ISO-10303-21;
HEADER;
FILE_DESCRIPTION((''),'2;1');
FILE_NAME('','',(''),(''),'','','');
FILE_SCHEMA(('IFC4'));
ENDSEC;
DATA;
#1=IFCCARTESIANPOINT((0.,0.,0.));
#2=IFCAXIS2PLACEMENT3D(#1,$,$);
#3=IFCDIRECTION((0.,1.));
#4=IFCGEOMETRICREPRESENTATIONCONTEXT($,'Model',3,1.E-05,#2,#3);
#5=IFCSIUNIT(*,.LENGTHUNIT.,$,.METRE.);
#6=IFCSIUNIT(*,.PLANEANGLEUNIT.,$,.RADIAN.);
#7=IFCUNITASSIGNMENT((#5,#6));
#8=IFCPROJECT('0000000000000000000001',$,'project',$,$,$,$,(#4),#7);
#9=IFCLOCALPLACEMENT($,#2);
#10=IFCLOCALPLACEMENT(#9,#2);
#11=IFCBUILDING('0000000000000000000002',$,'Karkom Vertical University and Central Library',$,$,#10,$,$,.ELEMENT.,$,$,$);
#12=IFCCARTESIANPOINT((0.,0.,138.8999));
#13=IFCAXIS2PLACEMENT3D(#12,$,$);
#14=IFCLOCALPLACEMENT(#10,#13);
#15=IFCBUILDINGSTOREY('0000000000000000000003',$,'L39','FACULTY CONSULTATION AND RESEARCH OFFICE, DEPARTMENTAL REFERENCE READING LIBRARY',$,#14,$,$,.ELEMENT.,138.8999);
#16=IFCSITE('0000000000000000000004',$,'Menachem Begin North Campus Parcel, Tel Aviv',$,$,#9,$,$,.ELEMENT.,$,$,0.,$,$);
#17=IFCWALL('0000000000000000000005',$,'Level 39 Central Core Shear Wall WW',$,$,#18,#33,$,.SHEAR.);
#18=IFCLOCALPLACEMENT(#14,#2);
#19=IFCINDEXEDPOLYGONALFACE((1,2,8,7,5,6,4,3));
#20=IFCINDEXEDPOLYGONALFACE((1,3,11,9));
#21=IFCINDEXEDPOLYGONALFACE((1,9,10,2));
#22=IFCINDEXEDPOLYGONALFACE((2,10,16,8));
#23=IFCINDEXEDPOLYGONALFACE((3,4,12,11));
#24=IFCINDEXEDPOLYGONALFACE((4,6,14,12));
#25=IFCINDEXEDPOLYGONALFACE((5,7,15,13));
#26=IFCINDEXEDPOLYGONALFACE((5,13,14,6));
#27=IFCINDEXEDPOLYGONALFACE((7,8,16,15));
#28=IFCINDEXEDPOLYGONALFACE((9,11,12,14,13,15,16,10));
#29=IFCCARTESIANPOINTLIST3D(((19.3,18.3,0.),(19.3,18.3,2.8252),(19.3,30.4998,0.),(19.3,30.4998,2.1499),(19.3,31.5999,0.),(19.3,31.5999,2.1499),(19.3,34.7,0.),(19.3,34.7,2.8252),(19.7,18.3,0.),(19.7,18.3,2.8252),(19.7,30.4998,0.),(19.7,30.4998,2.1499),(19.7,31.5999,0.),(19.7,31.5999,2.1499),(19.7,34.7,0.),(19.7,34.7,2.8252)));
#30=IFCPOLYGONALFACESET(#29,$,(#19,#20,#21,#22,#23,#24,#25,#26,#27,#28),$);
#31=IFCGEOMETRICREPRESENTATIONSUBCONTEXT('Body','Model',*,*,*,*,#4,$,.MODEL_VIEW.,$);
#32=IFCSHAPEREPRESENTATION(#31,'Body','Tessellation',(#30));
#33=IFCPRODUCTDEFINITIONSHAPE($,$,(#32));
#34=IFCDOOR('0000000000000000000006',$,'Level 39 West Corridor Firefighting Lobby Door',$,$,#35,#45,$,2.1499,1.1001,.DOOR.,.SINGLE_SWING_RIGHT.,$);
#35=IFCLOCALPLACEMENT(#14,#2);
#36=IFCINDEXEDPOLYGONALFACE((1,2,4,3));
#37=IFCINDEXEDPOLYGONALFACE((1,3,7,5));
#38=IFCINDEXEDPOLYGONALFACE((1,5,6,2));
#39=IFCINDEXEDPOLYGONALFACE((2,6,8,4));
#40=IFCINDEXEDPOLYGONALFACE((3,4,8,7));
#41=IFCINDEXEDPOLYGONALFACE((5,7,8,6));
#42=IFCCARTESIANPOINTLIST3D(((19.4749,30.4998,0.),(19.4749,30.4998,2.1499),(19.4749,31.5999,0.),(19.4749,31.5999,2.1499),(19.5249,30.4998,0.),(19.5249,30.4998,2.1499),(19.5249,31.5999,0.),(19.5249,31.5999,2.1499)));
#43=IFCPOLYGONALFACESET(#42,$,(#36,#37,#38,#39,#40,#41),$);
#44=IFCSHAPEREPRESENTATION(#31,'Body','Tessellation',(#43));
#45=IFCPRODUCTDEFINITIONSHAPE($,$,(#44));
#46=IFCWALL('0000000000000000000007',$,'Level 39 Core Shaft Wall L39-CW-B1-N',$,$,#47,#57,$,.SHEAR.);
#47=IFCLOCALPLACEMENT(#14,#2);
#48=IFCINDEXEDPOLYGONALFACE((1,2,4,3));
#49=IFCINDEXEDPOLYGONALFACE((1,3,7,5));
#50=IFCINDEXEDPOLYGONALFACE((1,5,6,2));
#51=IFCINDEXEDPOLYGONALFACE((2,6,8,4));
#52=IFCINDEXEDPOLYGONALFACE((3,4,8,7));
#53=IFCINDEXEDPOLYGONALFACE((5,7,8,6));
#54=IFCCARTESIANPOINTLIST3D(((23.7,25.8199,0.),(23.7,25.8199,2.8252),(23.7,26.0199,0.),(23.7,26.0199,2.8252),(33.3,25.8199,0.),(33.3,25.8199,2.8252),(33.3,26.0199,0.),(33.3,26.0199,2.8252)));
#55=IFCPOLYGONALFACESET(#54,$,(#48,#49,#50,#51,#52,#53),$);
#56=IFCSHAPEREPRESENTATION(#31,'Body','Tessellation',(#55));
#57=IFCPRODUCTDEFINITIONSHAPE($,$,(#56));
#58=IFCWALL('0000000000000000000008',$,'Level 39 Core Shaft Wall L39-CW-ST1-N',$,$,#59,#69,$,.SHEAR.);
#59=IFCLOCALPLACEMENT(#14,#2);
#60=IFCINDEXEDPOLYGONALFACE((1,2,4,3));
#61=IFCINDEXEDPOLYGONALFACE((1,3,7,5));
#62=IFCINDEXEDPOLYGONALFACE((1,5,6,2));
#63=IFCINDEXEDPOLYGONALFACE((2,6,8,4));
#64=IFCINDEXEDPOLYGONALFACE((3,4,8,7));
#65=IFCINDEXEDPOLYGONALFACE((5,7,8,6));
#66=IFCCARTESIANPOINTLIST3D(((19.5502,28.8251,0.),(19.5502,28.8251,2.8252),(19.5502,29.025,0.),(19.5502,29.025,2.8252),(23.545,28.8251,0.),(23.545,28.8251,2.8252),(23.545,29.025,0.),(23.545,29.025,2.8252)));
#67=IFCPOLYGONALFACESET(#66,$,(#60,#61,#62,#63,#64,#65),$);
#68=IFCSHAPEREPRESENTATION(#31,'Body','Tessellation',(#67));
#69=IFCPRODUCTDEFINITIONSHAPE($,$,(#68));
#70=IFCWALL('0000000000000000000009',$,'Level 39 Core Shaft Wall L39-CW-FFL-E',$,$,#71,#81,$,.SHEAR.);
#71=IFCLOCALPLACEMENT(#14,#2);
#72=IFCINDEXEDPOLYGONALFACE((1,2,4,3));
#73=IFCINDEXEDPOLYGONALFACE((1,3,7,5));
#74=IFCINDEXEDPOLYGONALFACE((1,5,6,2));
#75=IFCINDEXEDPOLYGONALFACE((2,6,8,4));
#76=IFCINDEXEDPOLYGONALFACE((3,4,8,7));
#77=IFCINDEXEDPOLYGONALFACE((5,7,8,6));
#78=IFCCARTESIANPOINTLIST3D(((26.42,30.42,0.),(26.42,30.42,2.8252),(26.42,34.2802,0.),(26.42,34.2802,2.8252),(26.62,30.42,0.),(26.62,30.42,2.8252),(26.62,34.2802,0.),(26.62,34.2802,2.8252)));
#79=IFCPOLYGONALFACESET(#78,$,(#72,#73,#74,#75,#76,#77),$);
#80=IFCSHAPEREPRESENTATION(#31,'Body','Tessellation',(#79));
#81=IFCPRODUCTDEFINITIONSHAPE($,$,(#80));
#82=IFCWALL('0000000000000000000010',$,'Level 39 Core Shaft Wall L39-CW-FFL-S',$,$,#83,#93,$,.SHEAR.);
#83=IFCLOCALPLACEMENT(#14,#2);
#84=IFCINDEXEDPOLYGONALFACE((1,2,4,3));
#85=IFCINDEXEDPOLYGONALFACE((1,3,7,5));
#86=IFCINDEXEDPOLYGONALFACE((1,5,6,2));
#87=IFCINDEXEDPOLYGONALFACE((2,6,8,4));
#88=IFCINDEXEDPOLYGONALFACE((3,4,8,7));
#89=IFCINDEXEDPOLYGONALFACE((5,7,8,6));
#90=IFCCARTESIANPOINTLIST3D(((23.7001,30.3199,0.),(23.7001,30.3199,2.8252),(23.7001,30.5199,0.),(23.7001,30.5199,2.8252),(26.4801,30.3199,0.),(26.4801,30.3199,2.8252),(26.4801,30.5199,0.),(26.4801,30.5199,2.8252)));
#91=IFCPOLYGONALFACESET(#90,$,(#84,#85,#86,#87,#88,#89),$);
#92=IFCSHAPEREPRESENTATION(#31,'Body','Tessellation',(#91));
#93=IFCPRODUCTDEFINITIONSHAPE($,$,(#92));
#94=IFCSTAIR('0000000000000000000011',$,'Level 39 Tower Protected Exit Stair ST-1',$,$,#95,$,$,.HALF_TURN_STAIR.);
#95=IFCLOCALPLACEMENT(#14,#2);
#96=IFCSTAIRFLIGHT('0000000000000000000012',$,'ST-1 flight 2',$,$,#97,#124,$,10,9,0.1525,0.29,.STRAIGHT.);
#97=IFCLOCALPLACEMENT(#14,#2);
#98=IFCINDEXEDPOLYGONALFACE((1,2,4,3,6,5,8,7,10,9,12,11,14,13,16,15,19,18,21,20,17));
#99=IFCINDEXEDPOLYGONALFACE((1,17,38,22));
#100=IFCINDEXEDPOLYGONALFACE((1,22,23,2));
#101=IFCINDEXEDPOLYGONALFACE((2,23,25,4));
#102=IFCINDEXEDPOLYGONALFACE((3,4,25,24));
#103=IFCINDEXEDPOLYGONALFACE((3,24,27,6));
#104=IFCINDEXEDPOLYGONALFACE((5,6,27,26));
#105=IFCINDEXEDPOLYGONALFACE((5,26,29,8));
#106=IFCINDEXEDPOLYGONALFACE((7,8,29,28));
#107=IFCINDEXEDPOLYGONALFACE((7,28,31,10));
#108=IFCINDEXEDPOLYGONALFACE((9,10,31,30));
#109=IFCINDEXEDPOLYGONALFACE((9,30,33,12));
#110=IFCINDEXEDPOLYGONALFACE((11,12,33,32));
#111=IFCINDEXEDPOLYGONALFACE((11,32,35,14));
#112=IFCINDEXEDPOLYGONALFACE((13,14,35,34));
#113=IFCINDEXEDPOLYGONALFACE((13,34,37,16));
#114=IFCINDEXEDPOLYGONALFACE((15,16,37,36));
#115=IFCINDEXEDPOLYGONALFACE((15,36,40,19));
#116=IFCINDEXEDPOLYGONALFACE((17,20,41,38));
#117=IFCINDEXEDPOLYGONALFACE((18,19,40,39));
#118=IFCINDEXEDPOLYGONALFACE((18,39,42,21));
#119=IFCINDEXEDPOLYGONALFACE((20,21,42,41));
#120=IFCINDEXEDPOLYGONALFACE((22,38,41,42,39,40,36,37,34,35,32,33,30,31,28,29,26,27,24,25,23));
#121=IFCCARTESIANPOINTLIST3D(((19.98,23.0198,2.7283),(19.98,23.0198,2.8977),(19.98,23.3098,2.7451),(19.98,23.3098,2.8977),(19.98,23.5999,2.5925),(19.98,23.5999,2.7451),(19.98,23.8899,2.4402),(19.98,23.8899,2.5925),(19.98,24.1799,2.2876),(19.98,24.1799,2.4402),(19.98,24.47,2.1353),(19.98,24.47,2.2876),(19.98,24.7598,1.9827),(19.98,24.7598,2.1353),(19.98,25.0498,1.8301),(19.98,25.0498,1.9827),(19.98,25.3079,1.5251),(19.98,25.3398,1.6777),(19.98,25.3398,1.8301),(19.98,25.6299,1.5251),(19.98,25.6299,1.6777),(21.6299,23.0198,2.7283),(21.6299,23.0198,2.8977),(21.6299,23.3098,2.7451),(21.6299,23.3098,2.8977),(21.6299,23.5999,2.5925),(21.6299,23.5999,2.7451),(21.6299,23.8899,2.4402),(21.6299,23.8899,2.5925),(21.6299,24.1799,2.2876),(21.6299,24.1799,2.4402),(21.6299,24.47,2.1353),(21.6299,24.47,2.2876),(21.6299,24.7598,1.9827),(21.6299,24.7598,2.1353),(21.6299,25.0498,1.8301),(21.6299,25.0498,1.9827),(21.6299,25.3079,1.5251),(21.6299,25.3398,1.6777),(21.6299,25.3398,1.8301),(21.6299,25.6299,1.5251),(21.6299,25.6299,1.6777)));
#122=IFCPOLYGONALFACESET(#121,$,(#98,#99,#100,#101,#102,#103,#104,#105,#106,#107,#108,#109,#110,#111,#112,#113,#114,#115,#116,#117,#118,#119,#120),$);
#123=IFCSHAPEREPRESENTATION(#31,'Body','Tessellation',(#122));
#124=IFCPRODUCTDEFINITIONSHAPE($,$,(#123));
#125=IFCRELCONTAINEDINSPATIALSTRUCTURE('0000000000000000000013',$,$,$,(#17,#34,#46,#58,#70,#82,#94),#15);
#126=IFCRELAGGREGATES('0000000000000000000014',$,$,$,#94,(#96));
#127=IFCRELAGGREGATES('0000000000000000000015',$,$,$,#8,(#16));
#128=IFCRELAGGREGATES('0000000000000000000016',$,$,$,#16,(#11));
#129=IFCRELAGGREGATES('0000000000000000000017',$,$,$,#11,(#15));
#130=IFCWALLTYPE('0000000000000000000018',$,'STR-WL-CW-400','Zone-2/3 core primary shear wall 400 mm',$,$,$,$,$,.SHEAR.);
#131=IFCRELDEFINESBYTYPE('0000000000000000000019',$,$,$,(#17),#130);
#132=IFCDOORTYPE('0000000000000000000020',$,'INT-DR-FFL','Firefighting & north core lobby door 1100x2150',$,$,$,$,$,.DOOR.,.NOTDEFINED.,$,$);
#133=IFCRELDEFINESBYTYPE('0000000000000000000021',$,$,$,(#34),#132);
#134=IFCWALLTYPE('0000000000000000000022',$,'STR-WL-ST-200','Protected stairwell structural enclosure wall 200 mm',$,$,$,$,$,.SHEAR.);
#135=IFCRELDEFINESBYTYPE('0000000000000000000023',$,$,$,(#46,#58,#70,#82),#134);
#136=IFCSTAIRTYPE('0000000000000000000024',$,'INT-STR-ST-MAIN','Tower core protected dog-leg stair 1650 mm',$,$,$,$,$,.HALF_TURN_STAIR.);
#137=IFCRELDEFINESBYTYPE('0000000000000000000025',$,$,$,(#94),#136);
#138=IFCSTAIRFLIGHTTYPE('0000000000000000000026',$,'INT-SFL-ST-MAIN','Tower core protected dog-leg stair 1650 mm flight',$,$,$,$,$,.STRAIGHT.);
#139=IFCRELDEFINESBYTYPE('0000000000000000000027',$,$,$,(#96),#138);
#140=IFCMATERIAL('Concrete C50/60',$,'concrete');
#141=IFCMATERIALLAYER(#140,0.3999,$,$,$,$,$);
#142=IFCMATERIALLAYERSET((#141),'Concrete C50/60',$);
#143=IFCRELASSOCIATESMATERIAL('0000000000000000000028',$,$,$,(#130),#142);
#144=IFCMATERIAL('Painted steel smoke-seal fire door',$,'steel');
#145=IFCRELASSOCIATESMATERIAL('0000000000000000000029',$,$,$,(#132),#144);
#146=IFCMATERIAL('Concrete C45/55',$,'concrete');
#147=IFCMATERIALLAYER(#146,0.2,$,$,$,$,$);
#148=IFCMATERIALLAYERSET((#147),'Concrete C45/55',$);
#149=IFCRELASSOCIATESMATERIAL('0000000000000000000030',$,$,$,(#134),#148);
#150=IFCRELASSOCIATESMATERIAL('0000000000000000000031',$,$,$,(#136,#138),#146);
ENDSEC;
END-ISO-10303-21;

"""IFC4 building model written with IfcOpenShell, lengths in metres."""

from ifc_helpers import new_model, si_unit, direction, frame, frame_2d, origin, origin_with_axes, place, context, subcontext, project, spatial, polyline, rectangle, outline, extrude, source, transform, mapped, material, layer, layer_set, type_object, element, fill, aggregate, save


model = new_model("IFC4")

# Units and contexts
model_context = context("Model", 3, precision=1e-05, world=origin(), true_north=direction((0.0, 1.0)))
body_context = subcontext(model_context, "Body", "Model", "MODEL_VIEW")
ifc_project = project(units=[si_unit("LENGTHUNIT", "METRE"), si_unit("PLANEANGLEUNIT", "RADIAN")], contexts=[model_context])

# Site, building, storey
site_placement = place(None, origin())
site = spatial("IfcSite", under=ifc_project, at=site_placement, Name="Menachem Begin North Campus Parcel, Tel Aviv", CompositionType="ELEMENT", RefElevation=0.0)
building_placement = place(site_placement, origin())
building = spatial("IfcBuilding", under=site, at=building_placement, Name="Karkom Vertical University and Central Library", CompositionType="ELEMENT")
storey_placement = place(building_placement, frame((0.0, 0.0, 138.8999)))
storey = spatial("IfcBuildingStorey", under=building, at=storey_placement, Name="L39", Description="FACULTY CONSULTATION AND RESEARCH OFFICE, DEPARTMENTAL REFERENCE READING LIBRARY", CompositionType="ELEMENT", Elevation=138.8999)

# Shared definitions
ifc_material_1 = material(Name="Concrete C50/60", Category="concrete")

# Wall, opening, door
ifc_layer_1 = layer(ifc_material_1, 0.3999)
ifc_layer_set_1 = layer_set([ifc_layer_1], Name="Concrete C50/60")
wall_type_1 = type_object("IfcWallType", Name="STR-WL-CW-400", Description="Zone-2/3 core primary shear wall 400 mm", PredefinedType="SHEAR", material=ifc_layer_set_1)
wall_1_placement = place(storey_placement, frame((19.5, 34.7, 0.0), z_axis=(0.0, 0.0, 1.0), x_axis=(0.0, -1.0, 0.0)))
wall_1 = element("IfcWall", 1, at=wall_1_placement, inside=storey, type_object=wall_type_1, Name="Level 39 Central Core Shear Wall WW", PredefinedType="SHEAR", context=body_context, shape_type="SweptSolid", body=[
    extrude(rectangle(XDim=16.3999, YDim=0.3999, at=frame_2d((8.2, 0.0))), origin(), (0.0, 0.0, 1.0), 2.8252),
])
opening_1_placement = place(wall_1_placement, frame((3.1001, 0.0, 0.0)))
opening_1 = element("IfcOpeningElement", 2, at=opening_1_placement, cuts=wall_1, PredefinedType="OPENING", context=body_context, shape_type="SweptSolid", body=[
    extrude(rectangle(XDim=1.1001, YDim=2.1499, at=frame_2d((0.55, 1.075))), frame((0.0, 0.21, 0.0), z_axis=(0.0, -1.0, 0.0), x_axis=(1.0, 0.0, 0.0)), (0.0, 0.0, 1.0), 0.4199),
])
ifc_material_2 = material(Name="Painted steel smoke-seal fire door", Category="steel")
door_type_1 = type_object("IfcDoorType", Name="INT-DR-FFL", Description="Firefighting & north core lobby door 1100x2150", OperationType="NOTDEFINED", PredefinedType="DOOR", material=ifc_material_2)
shared_shape_1 = source(origin_with_axes(), body_context, "Body", "SweptSolid", [
    extrude(rectangle(XDim=1.1001, YDim=2.1499, at=frame_2d((0.55, 1.075))), frame((0.0, 0.0249, 0.0), z_axis=(0.0, -1.0, 0.0), x_axis=(1.0, 0.0, 0.0)), (0.0, 0.0, 1.0), 0.05),
])
door_1_placement = place(opening_1_placement, origin())
door_1 = element("IfcDoor", 3, at=door_1_placement, inside=storey, type_object=door_type_1, Name="Level 39 West Corridor Firefighting Lobby Door", OperationType="SINGLE_SWING_RIGHT", OverallHeight=2.1499, OverallWidth=1.1001, PredefinedType="DOOR", context=body_context, shape_type="MappedRepresentation", body=[
    mapped(shared_shape_1, transform((0.0, 0.0, 0.0), scale=1.0)),
])
fill(opening_1, door_1)

# Wall
ifc_material_3 = material(Name="Concrete C45/55", Category="concrete")
ifc_layer_2 = layer(ifc_material_3, 0.2)
ifc_layer_set_2 = layer_set([ifc_layer_2], Name="Concrete C45/55")
wall_type_2 = type_object("IfcWallType", Name="STR-WL-ST-200", Description="Protected stairwell structural enclosure wall 200 mm", PredefinedType="SHEAR", material=ifc_layer_set_2)
wall_2_placement = place(storey_placement, frame((23.7, 25.9199, 0.0), z_axis=(0.0, 0.0, 1.0), x_axis=(1.0, 0.0, 0.0)))
element("IfcWall", 4, at=wall_2_placement, inside=storey, type_object=wall_type_2, Name="Level 39 Core Shaft Wall L39-CW-B1-N", PredefinedType="SHEAR", context=body_context, shape_type="SweptSolid", body=[
    extrude(rectangle(XDim=9.6001, YDim=0.2, at=frame_2d((4.8, 0.0))), origin(), (0.0, 0.0, 1.0), 2.8252),
])

# Walls
wall_3_placement = place(storey_placement, frame((19.55, 28.925, 0.0), z_axis=(0.0, 0.0, 1.0), x_axis=(1.0, 0.0, 0.0)))
element("IfcWall", 5, at=wall_3_placement, inside=storey, type_object=wall_type_2, Name="Level 39 Core Shaft Wall L39-CW-ST1-N", PredefinedType="SHEAR", context=body_context, shape_type="SweptSolid", body=[
    extrude(rectangle(XDim=3.9949, YDim=0.2, at=frame_2d((1.9976, 0.0))), origin(), (0.0, 0.0, 1.0), 2.8252),
])
wall_4_placement = place(storey_placement, frame((26.52, 30.4199, 0.0), z_axis=(0.0, 0.0, 1.0), x_axis=(0.0, 1.0, 0.0)))
element("IfcWall", 6, at=wall_4_placement, inside=storey, type_object=wall_type_2, Name="Level 39 Core Shaft Wall L39-CW-FFL-E", PredefinedType="SHEAR", context=body_context, shape_type="SweptSolid", body=[
    extrude(rectangle(XDim=3.8601, YDim=0.2, at=frame_2d((1.9302, 0.0))), origin(), (0.0, 0.0, 1.0), 2.8252),
])
wall_5_placement = place(storey_placement, frame((23.7, 30.4199, 0.0), z_axis=(0.0, 0.0, 1.0), x_axis=(1.0, 0.0, 0.0)))
element("IfcWall", 7, at=wall_5_placement, inside=storey, type_object=wall_type_2, Name="Level 39 Core Shaft Wall L39-CW-FFL-S", PredefinedType="SHEAR", context=body_context, shape_type="SweptSolid", body=[
    extrude(rectangle(XDim=2.78, YDim=0.2, at=frame_2d((1.3901, 0.0))), origin(), (0.0, 0.0, 1.0), 2.8252),
])

# Stair, stair flight
stair_type = type_object("IfcStairType", Name="INT-STR-ST-MAIN", Description="Tower core protected dog-leg stair 1650 mm", PredefinedType="HALF_TURN_STAIR", material=ifc_material_3)
stair_placement = place(storey_placement, origin())
stair = element("IfcStair", 8, at=stair_placement, inside=storey, type_object=stair_type, Name="Level 39 Tower Protected Exit Stair ST-1", PredefinedType="HALF_TURN_STAIR")
stair_flight_type = type_object("IfcStairFlightType", Name="INT-SFL-ST-MAIN", Description="Tower core protected dog-leg stair 1650 mm flight", PredefinedType="STRAIGHT", material=ifc_material_3)
stair_flight_placement = place(storey_placement, frame((20.8049, 25.6299, 1.5251), z_axis=(0.0, 0.0, 1.0), x_axis=(0.0, -1.0, 0.0)))
stair_flight = element("IfcStairFlight", 9, at=stair_flight_placement, type_object=stair_flight_type, Name="ST-1 flight 2", NumberOfRisers=10, NumberOfTreads=9, PredefinedType="STRAIGHT", RiserHeight=0.1525, TreadLength=0.29, context=body_context, shape_type="SweptSolid", body=[
    extrude(outline(polyline([(0.0, 0.0), (0.0, 0.1526), (0.29, 0.1526), (0.29, 0.3049), (0.5801, 0.3049), (0.5801, 0.4575), (0.8701, 0.4575), (0.8701, 0.6101), (1.1599, 0.6101), (1.1599, 0.7625), (1.45, 0.7625), (1.45, 0.915), (1.74, 0.915), (1.74, 1.0674), (2.03, 1.0674), (2.03, 1.22), (2.3201, 1.22), (2.3201, 1.3726), (2.6101, 1.3726), (2.6101, 1.5249), (2.6101, 1.2031), (0.322, 0.0), (0.0, 0.0)])), frame((0.0, 0.825, 0.0), z_axis=(0.0, -1.0, 0.0), x_axis=(1.0, 0.0, 0.0)), (0.0, 0.0, 1.0), 1.6499),
])
aggregate(stair, [stair_flight])

save(model, "model.ifc")
